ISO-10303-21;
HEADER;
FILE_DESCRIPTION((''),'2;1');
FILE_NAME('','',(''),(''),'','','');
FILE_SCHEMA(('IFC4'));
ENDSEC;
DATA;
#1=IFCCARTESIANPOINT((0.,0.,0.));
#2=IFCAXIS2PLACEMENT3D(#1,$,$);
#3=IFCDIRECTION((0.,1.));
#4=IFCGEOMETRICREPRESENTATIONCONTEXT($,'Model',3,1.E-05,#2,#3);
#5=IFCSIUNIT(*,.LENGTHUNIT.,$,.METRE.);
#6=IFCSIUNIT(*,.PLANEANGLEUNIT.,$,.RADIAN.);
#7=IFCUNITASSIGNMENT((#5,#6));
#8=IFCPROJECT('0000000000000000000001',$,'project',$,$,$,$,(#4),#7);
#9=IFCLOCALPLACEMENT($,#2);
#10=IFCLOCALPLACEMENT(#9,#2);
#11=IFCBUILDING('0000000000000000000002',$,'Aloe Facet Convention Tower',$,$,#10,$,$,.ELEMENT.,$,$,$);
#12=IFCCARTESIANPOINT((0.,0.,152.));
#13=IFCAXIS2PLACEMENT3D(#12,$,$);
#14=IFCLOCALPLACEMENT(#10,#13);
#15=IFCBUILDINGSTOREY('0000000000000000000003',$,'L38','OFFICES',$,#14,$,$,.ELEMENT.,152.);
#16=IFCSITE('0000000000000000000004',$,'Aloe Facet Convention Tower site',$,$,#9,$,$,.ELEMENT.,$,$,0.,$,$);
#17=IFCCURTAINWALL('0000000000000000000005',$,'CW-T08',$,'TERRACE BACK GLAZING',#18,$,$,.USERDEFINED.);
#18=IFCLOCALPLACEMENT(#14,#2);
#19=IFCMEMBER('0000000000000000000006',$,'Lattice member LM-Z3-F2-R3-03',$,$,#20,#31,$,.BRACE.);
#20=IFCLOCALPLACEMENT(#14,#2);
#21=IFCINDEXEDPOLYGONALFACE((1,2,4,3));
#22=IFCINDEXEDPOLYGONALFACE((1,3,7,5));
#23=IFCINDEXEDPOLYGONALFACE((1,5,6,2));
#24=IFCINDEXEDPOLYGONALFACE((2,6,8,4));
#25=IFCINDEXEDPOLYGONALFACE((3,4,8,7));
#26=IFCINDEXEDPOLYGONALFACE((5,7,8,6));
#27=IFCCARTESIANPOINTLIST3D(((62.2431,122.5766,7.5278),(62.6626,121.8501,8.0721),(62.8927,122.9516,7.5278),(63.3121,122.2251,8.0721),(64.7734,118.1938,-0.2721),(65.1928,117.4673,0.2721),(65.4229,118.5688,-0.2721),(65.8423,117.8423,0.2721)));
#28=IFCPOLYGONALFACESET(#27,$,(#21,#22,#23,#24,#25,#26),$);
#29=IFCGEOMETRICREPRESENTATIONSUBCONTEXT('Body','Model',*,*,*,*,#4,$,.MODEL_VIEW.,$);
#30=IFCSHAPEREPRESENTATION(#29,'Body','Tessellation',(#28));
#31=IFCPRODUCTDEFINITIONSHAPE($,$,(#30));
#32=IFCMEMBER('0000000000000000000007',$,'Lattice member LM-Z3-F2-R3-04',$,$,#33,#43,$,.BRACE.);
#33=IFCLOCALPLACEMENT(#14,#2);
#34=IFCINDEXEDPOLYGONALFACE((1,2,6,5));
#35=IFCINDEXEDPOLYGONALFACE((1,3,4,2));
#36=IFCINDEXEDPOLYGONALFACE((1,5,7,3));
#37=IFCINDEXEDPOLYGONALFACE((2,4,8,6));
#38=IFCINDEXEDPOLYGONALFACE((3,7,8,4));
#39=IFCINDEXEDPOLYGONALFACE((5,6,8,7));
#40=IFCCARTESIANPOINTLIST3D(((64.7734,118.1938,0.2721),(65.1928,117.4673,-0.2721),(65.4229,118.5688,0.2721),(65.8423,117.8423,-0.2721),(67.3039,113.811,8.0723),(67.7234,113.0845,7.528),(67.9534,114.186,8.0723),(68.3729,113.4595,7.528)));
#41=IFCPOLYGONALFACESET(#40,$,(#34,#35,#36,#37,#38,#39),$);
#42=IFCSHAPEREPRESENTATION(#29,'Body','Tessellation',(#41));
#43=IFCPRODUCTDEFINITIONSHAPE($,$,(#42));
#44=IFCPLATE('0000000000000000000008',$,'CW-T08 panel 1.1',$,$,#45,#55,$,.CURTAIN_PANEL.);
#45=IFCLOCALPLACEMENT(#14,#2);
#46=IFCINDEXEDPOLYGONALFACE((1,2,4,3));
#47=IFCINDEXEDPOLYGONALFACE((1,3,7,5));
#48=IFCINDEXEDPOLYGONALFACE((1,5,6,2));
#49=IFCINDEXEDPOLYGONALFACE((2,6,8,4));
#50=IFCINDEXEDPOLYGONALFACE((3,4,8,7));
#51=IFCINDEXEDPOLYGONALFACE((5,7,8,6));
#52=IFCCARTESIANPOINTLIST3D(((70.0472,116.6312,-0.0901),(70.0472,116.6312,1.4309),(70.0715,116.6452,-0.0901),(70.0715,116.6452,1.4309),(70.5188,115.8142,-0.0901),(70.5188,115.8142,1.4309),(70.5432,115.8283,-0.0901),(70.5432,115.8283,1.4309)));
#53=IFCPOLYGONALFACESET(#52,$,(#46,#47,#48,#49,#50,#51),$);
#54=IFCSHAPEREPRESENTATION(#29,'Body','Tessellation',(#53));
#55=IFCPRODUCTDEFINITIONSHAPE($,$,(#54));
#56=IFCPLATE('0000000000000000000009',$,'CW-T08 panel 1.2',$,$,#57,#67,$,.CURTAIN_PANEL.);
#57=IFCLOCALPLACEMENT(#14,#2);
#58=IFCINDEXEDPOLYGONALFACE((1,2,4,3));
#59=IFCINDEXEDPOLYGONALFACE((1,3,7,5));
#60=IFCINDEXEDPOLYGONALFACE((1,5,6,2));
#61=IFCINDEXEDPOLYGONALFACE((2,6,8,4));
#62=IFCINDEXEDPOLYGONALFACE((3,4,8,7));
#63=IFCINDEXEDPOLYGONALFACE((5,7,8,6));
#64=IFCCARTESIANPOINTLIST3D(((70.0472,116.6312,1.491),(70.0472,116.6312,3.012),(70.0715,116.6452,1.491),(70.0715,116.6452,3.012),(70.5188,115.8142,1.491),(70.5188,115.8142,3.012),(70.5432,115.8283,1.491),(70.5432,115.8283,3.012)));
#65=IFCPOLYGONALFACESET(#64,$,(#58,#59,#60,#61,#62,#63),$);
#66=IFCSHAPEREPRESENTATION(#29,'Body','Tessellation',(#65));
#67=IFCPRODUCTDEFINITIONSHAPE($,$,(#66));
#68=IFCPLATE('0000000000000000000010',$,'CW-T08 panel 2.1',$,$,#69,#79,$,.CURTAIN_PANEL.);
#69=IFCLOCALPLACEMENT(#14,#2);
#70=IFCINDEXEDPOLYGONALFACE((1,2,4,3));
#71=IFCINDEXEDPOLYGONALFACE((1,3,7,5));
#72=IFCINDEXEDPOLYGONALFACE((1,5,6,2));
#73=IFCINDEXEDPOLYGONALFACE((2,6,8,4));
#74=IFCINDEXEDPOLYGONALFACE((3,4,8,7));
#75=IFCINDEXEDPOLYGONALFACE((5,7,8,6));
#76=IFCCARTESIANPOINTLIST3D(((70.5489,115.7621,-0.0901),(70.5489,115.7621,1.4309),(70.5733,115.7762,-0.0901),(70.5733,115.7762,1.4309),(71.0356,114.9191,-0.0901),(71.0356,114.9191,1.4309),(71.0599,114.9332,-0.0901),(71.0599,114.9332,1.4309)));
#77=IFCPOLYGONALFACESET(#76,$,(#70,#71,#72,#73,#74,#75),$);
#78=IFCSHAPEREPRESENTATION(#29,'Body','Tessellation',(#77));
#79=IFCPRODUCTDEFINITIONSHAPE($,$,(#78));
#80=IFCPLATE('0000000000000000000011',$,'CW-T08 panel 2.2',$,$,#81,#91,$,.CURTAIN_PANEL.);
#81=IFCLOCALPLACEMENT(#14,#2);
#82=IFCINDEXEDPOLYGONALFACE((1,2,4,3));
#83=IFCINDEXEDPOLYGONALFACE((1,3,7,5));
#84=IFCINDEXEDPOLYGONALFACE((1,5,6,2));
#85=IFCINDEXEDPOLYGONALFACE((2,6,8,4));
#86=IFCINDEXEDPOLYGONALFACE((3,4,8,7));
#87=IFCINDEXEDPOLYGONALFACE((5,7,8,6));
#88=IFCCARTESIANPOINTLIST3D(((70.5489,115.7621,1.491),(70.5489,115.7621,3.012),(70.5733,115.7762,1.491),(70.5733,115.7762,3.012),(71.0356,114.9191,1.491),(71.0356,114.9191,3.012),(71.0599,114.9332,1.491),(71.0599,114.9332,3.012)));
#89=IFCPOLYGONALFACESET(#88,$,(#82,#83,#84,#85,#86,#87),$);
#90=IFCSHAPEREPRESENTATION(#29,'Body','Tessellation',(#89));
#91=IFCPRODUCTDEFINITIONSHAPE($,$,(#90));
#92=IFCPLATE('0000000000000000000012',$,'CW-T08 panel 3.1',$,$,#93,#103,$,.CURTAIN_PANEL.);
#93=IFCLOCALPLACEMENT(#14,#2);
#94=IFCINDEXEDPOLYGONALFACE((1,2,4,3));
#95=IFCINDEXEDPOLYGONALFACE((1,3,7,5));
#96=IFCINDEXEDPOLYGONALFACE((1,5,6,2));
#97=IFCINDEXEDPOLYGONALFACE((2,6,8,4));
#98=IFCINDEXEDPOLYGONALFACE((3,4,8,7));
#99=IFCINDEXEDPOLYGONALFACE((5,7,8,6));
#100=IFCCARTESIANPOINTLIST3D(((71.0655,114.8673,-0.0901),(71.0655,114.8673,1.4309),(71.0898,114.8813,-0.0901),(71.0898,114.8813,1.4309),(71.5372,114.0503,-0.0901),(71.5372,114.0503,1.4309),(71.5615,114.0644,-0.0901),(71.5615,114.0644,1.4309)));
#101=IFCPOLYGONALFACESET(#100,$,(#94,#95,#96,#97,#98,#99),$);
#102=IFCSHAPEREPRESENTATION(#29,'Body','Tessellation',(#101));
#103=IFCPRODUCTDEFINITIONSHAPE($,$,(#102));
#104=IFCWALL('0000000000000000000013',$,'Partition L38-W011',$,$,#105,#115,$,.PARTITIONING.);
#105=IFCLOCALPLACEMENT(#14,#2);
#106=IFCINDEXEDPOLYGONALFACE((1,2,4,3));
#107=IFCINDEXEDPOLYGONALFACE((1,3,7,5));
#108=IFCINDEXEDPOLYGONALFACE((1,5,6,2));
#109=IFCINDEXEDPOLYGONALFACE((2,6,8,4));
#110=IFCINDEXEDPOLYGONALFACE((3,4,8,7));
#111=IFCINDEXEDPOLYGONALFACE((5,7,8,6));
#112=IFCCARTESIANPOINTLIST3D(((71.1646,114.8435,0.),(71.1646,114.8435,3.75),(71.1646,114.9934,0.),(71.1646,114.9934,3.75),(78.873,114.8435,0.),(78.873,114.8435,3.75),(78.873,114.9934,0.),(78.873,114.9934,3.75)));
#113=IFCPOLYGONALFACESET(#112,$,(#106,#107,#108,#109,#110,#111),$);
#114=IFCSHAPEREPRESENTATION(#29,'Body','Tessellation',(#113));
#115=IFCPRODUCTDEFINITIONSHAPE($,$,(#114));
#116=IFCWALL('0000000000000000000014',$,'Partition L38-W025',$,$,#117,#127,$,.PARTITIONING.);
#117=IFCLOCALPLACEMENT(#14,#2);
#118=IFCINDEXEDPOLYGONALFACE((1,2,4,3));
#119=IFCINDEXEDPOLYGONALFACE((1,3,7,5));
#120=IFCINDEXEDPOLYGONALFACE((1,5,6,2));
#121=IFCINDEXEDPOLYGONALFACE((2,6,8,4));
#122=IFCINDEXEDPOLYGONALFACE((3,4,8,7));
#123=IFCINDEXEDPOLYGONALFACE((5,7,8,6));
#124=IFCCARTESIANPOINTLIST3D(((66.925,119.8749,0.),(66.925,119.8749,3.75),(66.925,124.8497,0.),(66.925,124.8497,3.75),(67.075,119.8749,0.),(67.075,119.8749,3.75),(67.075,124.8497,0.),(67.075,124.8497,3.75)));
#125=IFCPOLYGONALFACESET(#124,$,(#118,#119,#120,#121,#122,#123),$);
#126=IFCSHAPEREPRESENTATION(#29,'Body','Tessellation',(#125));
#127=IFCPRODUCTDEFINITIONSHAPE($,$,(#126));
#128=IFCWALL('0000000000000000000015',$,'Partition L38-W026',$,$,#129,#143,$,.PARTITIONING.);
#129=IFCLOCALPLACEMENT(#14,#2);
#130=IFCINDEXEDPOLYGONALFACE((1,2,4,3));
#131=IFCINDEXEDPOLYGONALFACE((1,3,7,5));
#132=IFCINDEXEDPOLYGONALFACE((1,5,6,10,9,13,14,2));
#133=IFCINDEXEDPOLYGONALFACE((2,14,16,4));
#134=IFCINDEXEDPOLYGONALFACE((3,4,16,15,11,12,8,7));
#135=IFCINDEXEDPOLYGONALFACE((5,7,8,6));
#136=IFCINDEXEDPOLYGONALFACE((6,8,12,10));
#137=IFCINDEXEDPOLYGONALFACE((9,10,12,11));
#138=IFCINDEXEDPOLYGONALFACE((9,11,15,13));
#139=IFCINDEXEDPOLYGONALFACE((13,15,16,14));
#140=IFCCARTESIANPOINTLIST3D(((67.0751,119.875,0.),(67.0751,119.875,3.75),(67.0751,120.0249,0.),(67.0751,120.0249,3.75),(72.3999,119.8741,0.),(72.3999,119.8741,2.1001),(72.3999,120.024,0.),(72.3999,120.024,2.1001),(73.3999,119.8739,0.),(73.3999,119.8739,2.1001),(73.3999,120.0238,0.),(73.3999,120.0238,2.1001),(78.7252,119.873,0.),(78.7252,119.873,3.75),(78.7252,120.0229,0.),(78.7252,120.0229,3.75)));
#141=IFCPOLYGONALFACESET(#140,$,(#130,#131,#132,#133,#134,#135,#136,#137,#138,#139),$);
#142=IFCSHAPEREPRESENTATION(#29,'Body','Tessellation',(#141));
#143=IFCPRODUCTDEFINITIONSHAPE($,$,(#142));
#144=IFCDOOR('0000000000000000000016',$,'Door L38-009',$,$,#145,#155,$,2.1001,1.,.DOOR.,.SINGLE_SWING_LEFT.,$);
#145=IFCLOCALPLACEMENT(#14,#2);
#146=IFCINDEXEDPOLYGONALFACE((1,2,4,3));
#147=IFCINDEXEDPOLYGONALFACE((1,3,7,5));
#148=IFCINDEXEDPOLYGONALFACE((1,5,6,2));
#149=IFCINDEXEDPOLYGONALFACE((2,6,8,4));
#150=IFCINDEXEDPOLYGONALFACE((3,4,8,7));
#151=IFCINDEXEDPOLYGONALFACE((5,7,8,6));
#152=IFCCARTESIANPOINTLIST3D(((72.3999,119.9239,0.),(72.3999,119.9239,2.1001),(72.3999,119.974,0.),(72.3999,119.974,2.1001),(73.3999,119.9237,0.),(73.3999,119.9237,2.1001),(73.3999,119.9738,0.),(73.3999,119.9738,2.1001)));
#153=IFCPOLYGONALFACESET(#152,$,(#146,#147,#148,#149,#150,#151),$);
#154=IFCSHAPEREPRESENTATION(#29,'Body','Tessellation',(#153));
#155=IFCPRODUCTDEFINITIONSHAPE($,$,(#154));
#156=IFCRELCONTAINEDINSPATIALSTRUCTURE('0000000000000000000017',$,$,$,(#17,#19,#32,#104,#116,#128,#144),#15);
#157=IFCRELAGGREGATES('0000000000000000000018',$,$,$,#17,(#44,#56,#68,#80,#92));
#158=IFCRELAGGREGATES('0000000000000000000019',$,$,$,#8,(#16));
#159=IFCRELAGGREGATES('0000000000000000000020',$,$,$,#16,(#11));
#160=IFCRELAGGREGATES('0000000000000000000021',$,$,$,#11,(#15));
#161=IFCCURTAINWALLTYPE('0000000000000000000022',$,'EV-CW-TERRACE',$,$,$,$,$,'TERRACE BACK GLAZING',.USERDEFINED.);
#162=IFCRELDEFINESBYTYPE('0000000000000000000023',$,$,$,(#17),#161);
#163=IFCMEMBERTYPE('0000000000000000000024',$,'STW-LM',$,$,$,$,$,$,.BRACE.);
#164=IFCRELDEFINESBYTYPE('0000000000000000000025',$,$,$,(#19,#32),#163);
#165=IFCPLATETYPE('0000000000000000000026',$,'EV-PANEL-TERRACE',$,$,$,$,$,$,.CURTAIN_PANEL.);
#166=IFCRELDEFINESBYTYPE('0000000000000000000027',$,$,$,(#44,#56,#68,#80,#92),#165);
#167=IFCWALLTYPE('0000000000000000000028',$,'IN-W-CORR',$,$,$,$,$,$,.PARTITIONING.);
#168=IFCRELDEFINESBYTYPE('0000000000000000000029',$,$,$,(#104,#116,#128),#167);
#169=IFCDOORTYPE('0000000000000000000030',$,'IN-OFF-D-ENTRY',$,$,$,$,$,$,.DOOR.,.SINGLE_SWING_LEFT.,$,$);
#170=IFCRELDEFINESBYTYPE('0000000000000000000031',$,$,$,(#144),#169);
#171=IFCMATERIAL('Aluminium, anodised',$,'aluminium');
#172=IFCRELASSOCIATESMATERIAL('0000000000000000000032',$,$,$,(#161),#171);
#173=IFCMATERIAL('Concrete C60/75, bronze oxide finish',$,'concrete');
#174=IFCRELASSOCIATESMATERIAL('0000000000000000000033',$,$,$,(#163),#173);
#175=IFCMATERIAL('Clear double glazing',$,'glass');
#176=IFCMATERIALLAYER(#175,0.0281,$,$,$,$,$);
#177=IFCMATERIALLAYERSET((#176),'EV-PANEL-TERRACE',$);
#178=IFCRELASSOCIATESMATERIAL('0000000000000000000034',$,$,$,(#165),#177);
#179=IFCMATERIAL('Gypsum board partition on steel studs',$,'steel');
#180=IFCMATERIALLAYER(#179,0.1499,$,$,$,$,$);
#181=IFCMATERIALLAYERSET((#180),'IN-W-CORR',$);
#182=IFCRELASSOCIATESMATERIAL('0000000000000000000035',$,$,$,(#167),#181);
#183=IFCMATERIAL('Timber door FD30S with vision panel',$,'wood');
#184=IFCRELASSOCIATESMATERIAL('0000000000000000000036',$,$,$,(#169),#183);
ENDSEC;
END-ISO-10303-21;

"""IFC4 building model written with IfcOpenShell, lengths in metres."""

from ifc_helpers import new_model, si_unit, direction, frame, frame_2d, origin, origin_2d, place, context, subcontext, project, spatial, rectangle, extrude, material, layer, layer_set, material_profile, profile_set, type_object, element, fill, aggregate, save


model = new_model("IFC4")

# Units and contexts
model_context = context("Model", 3, precision=1e-05, world=origin(), true_north=direction((0.0, 1.0)))
body_context = subcontext(model_context, "Body", "Model", "MODEL_VIEW")
ifc_project = project(units=[si_unit("LENGTHUNIT", "METRE"), si_unit("PLANEANGLEUNIT", "RADIAN")], contexts=[model_context])

# Site, building, storey
site_placement = place(None, origin())
site = spatial("IfcSite", under=ifc_project, at=site_placement, Name="Aloe Facet Convention Tower site", CompositionType="ELEMENT", RefElevation=0.0)
building_placement = place(site_placement, origin())
building = spatial("IfcBuilding", under=site, at=building_placement, Name="Aloe Facet Convention Tower", CompositionType="ELEMENT")
storey_placement = place(building_placement, frame((0.0, 0.0, 152.0)))
storey = spatial("IfcBuildingStorey", under=building, at=storey_placement, Name="L38", Description="OFFICES", CompositionType="ELEMENT", Elevation=152.0)

# Curtain wall
ifc_material_1 = material(Name="Aluminium, anodised", Category="aluminium")
curtain_wall_type = type_object("IfcCurtainWallType", Name="EV-CW-TERRACE", ElementType="TERRACE BACK GLAZING", PredefinedType="USERDEFINED", material=ifc_material_1)
curtain_wall_placement = place(storey_placement, origin())
curtain_wall = element("IfcCurtainWall", 1, at=curtain_wall_placement, inside=storey, type_object=curtain_wall_type, Name="CW-T08", ObjectType="TERRACE BACK GLAZING", PredefinedType="USERDEFINED")

# Members
ifc_material_2 = material(Name="Concrete C60/75, bronze oxide finish", Category="concrete")
ifc_material_profile_1 = material_profile(ifc_material_2, rectangle(XDim=0.75, YDim=1.0, at=origin_2d()), Name="STW-LM")
ifc_profile_set_1 = profile_set([ifc_material_profile_1], Name="Concrete C60/75, bronze oxide finish")
member_type_1 = type_object("IfcMemberType", Name="STW-LM", PredefinedType="BRACE", material=ifc_profile_set_1)
member_1_placement = place(storey_placement, frame((65.3079, 118.0181, 0.0), z_axis=(-0.272132, 0.471373, 0.838899), x_axis=(-0.866038, -0.499979, 0.0)))
element("IfcMember", 2, at=member_1_placement, inside=storey, type_object=member_type_1, Name="Lattice member LM-Z3-F2-R3-03", PredefinedType="BRACE", context=body_context, shape_type="SweptSolid", body=[
    extrude(rectangle(XDim=0.75, YDim=1.0, at=origin_2d()), origin(), (0.0, 0.0, 1.0), 9.2979),
])
member_2_placement = place(storey_placement, frame((65.3079, 118.0181, 0.0), z_axis=(0.272156, -0.47137, 0.838893), x_axis=(0.866017, 0.500015, 0.0)))
element("IfcMember", 3, at=member_2_placement, inside=storey, type_object=member_type_1, Name="Lattice member LM-Z3-F2-R3-04", PredefinedType="BRACE", context=body_context, shape_type="SweptSolid", body=[
    extrude(rectangle(XDim=0.75, YDim=1.0, at=origin_2d()), origin(), (0.0, 0.0, 1.0), 9.2981),
])

# Plates
ifc_material_3 = material(Name="Clear double glazing", Category="glass")
ifc_layer_1 = layer(ifc_material_3, 0.0281)
ifc_layer_set_1 = layer_set([ifc_layer_1], Name="EV-PANEL-TERRACE")
plate_type = type_object("IfcPlateType", Name="EV-PANEL-TERRACE", PredefinedType="CURTAIN_PANEL", material=ifc_layer_set_1)
plate_1_placement = place(storey_placement, frame((70.2952, 116.2297, -0.0901), z_axis=(0.0, 0.0, 1.0), x_axis=(0.5, -0.866025, 0.0)))
plate_1 = element("IfcPlate", 4, at=plate_1_placement, type_object=plate_type, Name="CW-T08 panel 1.1", PredefinedType="CURTAIN_PANEL", context=body_context, shape_type="SweptSolid", body=[
    extrude(rectangle(XDim=0.9434, YDim=0.0281, at=origin_2d()), origin(), (0.0, 0.0, 1.0), 1.521),
])
plate_2_placement = place(storey_placement, frame((70.2952, 116.2297, 1.491), z_axis=(0.0, 0.0, 1.0), x_axis=(0.5, -0.866025, 0.0)))
plate_2 = element("IfcPlate", 5, at=plate_2_placement, type_object=plate_type, Name="CW-T08 panel 1.2", PredefinedType="CURTAIN_PANEL", context=body_context, shape_type="SweptSolid", body=[
    extrude(rectangle(XDim=0.9434, YDim=0.0281, at=origin_2d()), origin(), (0.0, 0.0, 1.0), 1.521),
])
plate_3_placement = place(storey_placement, frame((70.8044, 115.3477, -0.0901), z_axis=(0.0, 0.0, 1.0), x_axis=(0.5, -0.866025, 0.0)))
plate_3 = element("IfcPlate", 6, at=plate_3_placement, type_object=plate_type, Name="CW-T08 panel 2.1", PredefinedType="CURTAIN_PANEL", context=body_context, shape_type="SweptSolid", body=[
    extrude(rectangle(XDim=0.9734, YDim=0.0281, at=origin_2d()), origin(), (0.0, 0.0, 1.0), 1.521),
])
plate_4_placement = place(storey_placement, frame((70.8044, 115.3477, 1.491), z_axis=(0.0, 0.0, 1.0), x_axis=(0.5, -0.866025, 0.0)))
plate_4 = element("IfcPlate", 7, at=plate_4_placement, type_object=plate_type, Name="CW-T08 panel 2.2", PredefinedType="CURTAIN_PANEL", context=body_context, shape_type="SweptSolid", body=[
    extrude(rectangle(XDim=0.9734, YDim=0.0281, at=origin_2d()), origin(), (0.0, 0.0, 1.0), 1.521),
])
plate_5_placement = place(storey_placement, frame((71.3135, 114.4658, -0.0901), z_axis=(0.0, 0.0, 1.0), x_axis=(0.5, -0.866025, 0.0)))
plate_5 = element("IfcPlate", 8, at=plate_5_placement, type_object=plate_type, Name="CW-T08 panel 3.1", PredefinedType="CURTAIN_PANEL", context=body_context, shape_type="SweptSolid", body=[
    extrude(rectangle(XDim=0.9434, YDim=0.0281, at=origin_2d()), origin(), (0.0, 0.0, 1.0), 1.521),
])
aggregate(curtain_wall, [plate_1, plate_2, plate_3, plate_4, plate_5])

# Walls
ifc_material_4 = material(Name="Gypsum board partition on steel studs", Category="steel")
ifc_layer_2 = layer(ifc_material_4, 0.1499)
ifc_layer_set_2 = layer_set([ifc_layer_2], Name="IN-W-CORR")
wall_type = type_object("IfcWallType", Name="IN-W-CORR", PredefinedType="PARTITIONING", material=ifc_layer_set_2)
wall_1_placement = place(storey_placement, frame((71.1646, 114.9185, 0.0), z_axis=(0.0, 0.0, 1.0), x_axis=(1.0, 0.0, 0.0)))
element("IfcWall", 9, at=wall_1_placement, inside=storey, type_object=wall_type, Name="Partition L38-W011", PredefinedType="PARTITIONING", context=body_context, shape_type="SweptSolid", body=[
    extrude(rectangle(XDim=7.7085, YDim=0.1499, at=frame_2d((3.8542, 0.0))), origin(), (0.0, 0.0, 1.0), 3.75),
])
wall_2_placement = place(storey_placement, frame((67.0, 119.875, 0.0), z_axis=(0.0, 0.0, 1.0), x_axis=(0.0, 1.0, 0.0)))
element("IfcWall", 10, at=wall_2_placement, inside=storey, type_object=wall_type, Name="Partition L38-W025", PredefinedType="PARTITIONING", context=body_context, shape_type="SweptSolid", body=[
    extrude(rectangle(XDim=4.9749, YDim=0.1499, at=frame_2d((2.4873, 0.0))), origin(), (0.0, 0.0, 1.0), 3.75),
])

# Wall, opening, door
wall_3_placement = place(storey_placement, frame((67.075, 119.95, 0.0), z_axis=(0.0, 0.0, 1.0), x_axis=(1.0, -0.000168, 0.0)))
wall_3 = element("IfcWall", 11, at=wall_3_placement, inside=storey, type_object=wall_type, Name="Partition L38-W026", PredefinedType="PARTITIONING", context=body_context, shape_type="SweptSolid", body=[
    extrude(rectangle(XDim=11.6501, YDim=0.1499, at=frame_2d((5.8252, 0.0))), origin(), (0.0, 0.0, 1.0), 3.75),
])
opening_placement = place(wall_3_placement, frame((5.325, 0.0, 0.0)))
opening = element("IfcOpeningElement", 12, at=opening_placement, cuts=wall_3, PredefinedType="OPENING", context=body_context, shape_type="SweptSolid", body=[
    extrude(rectangle(XDim=1.0, YDim=2.1001, at=frame_2d((0.5, 1.05))), frame((0.0, 0.085, 0.0), z_axis=(0.0, -1.0, 0.0), x_axis=(1.0, 0.0, 0.0)), (0.0, 0.0, 1.0), 0.1699),
])
ifc_material_5 = material(Name="Timber door FD30S with vision panel", Category="wood")
door_type = type_object("IfcDoorType", Name="IN-OFF-D-ENTRY", OperationType="SINGLE_SWING_LEFT", PredefinedType="DOOR", material=ifc_material_5)
door_placement = place(opening_placement, origin())
door = element("IfcDoor", 13, at=door_placement, inside=storey, type_object=door_type, Name="Door L38-009", OperationType="SINGLE_SWING_LEFT", OverallHeight=2.1001, OverallWidth=1.0, PredefinedType="DOOR", context=body_context, shape_type="SweptSolid", body=[
    extrude(rectangle(XDim=1.0, YDim=2.1001, at=frame_2d((0.5, 1.05))), frame((0.0, 0.0249, 0.0), z_axis=(0.0, -1.0, 0.0), x_axis=(1.0, 0.0, 0.0)), (0.0, 0.0, 1.0), 0.05),
])
fill(opening, door)

save(model, "model.ifc")
